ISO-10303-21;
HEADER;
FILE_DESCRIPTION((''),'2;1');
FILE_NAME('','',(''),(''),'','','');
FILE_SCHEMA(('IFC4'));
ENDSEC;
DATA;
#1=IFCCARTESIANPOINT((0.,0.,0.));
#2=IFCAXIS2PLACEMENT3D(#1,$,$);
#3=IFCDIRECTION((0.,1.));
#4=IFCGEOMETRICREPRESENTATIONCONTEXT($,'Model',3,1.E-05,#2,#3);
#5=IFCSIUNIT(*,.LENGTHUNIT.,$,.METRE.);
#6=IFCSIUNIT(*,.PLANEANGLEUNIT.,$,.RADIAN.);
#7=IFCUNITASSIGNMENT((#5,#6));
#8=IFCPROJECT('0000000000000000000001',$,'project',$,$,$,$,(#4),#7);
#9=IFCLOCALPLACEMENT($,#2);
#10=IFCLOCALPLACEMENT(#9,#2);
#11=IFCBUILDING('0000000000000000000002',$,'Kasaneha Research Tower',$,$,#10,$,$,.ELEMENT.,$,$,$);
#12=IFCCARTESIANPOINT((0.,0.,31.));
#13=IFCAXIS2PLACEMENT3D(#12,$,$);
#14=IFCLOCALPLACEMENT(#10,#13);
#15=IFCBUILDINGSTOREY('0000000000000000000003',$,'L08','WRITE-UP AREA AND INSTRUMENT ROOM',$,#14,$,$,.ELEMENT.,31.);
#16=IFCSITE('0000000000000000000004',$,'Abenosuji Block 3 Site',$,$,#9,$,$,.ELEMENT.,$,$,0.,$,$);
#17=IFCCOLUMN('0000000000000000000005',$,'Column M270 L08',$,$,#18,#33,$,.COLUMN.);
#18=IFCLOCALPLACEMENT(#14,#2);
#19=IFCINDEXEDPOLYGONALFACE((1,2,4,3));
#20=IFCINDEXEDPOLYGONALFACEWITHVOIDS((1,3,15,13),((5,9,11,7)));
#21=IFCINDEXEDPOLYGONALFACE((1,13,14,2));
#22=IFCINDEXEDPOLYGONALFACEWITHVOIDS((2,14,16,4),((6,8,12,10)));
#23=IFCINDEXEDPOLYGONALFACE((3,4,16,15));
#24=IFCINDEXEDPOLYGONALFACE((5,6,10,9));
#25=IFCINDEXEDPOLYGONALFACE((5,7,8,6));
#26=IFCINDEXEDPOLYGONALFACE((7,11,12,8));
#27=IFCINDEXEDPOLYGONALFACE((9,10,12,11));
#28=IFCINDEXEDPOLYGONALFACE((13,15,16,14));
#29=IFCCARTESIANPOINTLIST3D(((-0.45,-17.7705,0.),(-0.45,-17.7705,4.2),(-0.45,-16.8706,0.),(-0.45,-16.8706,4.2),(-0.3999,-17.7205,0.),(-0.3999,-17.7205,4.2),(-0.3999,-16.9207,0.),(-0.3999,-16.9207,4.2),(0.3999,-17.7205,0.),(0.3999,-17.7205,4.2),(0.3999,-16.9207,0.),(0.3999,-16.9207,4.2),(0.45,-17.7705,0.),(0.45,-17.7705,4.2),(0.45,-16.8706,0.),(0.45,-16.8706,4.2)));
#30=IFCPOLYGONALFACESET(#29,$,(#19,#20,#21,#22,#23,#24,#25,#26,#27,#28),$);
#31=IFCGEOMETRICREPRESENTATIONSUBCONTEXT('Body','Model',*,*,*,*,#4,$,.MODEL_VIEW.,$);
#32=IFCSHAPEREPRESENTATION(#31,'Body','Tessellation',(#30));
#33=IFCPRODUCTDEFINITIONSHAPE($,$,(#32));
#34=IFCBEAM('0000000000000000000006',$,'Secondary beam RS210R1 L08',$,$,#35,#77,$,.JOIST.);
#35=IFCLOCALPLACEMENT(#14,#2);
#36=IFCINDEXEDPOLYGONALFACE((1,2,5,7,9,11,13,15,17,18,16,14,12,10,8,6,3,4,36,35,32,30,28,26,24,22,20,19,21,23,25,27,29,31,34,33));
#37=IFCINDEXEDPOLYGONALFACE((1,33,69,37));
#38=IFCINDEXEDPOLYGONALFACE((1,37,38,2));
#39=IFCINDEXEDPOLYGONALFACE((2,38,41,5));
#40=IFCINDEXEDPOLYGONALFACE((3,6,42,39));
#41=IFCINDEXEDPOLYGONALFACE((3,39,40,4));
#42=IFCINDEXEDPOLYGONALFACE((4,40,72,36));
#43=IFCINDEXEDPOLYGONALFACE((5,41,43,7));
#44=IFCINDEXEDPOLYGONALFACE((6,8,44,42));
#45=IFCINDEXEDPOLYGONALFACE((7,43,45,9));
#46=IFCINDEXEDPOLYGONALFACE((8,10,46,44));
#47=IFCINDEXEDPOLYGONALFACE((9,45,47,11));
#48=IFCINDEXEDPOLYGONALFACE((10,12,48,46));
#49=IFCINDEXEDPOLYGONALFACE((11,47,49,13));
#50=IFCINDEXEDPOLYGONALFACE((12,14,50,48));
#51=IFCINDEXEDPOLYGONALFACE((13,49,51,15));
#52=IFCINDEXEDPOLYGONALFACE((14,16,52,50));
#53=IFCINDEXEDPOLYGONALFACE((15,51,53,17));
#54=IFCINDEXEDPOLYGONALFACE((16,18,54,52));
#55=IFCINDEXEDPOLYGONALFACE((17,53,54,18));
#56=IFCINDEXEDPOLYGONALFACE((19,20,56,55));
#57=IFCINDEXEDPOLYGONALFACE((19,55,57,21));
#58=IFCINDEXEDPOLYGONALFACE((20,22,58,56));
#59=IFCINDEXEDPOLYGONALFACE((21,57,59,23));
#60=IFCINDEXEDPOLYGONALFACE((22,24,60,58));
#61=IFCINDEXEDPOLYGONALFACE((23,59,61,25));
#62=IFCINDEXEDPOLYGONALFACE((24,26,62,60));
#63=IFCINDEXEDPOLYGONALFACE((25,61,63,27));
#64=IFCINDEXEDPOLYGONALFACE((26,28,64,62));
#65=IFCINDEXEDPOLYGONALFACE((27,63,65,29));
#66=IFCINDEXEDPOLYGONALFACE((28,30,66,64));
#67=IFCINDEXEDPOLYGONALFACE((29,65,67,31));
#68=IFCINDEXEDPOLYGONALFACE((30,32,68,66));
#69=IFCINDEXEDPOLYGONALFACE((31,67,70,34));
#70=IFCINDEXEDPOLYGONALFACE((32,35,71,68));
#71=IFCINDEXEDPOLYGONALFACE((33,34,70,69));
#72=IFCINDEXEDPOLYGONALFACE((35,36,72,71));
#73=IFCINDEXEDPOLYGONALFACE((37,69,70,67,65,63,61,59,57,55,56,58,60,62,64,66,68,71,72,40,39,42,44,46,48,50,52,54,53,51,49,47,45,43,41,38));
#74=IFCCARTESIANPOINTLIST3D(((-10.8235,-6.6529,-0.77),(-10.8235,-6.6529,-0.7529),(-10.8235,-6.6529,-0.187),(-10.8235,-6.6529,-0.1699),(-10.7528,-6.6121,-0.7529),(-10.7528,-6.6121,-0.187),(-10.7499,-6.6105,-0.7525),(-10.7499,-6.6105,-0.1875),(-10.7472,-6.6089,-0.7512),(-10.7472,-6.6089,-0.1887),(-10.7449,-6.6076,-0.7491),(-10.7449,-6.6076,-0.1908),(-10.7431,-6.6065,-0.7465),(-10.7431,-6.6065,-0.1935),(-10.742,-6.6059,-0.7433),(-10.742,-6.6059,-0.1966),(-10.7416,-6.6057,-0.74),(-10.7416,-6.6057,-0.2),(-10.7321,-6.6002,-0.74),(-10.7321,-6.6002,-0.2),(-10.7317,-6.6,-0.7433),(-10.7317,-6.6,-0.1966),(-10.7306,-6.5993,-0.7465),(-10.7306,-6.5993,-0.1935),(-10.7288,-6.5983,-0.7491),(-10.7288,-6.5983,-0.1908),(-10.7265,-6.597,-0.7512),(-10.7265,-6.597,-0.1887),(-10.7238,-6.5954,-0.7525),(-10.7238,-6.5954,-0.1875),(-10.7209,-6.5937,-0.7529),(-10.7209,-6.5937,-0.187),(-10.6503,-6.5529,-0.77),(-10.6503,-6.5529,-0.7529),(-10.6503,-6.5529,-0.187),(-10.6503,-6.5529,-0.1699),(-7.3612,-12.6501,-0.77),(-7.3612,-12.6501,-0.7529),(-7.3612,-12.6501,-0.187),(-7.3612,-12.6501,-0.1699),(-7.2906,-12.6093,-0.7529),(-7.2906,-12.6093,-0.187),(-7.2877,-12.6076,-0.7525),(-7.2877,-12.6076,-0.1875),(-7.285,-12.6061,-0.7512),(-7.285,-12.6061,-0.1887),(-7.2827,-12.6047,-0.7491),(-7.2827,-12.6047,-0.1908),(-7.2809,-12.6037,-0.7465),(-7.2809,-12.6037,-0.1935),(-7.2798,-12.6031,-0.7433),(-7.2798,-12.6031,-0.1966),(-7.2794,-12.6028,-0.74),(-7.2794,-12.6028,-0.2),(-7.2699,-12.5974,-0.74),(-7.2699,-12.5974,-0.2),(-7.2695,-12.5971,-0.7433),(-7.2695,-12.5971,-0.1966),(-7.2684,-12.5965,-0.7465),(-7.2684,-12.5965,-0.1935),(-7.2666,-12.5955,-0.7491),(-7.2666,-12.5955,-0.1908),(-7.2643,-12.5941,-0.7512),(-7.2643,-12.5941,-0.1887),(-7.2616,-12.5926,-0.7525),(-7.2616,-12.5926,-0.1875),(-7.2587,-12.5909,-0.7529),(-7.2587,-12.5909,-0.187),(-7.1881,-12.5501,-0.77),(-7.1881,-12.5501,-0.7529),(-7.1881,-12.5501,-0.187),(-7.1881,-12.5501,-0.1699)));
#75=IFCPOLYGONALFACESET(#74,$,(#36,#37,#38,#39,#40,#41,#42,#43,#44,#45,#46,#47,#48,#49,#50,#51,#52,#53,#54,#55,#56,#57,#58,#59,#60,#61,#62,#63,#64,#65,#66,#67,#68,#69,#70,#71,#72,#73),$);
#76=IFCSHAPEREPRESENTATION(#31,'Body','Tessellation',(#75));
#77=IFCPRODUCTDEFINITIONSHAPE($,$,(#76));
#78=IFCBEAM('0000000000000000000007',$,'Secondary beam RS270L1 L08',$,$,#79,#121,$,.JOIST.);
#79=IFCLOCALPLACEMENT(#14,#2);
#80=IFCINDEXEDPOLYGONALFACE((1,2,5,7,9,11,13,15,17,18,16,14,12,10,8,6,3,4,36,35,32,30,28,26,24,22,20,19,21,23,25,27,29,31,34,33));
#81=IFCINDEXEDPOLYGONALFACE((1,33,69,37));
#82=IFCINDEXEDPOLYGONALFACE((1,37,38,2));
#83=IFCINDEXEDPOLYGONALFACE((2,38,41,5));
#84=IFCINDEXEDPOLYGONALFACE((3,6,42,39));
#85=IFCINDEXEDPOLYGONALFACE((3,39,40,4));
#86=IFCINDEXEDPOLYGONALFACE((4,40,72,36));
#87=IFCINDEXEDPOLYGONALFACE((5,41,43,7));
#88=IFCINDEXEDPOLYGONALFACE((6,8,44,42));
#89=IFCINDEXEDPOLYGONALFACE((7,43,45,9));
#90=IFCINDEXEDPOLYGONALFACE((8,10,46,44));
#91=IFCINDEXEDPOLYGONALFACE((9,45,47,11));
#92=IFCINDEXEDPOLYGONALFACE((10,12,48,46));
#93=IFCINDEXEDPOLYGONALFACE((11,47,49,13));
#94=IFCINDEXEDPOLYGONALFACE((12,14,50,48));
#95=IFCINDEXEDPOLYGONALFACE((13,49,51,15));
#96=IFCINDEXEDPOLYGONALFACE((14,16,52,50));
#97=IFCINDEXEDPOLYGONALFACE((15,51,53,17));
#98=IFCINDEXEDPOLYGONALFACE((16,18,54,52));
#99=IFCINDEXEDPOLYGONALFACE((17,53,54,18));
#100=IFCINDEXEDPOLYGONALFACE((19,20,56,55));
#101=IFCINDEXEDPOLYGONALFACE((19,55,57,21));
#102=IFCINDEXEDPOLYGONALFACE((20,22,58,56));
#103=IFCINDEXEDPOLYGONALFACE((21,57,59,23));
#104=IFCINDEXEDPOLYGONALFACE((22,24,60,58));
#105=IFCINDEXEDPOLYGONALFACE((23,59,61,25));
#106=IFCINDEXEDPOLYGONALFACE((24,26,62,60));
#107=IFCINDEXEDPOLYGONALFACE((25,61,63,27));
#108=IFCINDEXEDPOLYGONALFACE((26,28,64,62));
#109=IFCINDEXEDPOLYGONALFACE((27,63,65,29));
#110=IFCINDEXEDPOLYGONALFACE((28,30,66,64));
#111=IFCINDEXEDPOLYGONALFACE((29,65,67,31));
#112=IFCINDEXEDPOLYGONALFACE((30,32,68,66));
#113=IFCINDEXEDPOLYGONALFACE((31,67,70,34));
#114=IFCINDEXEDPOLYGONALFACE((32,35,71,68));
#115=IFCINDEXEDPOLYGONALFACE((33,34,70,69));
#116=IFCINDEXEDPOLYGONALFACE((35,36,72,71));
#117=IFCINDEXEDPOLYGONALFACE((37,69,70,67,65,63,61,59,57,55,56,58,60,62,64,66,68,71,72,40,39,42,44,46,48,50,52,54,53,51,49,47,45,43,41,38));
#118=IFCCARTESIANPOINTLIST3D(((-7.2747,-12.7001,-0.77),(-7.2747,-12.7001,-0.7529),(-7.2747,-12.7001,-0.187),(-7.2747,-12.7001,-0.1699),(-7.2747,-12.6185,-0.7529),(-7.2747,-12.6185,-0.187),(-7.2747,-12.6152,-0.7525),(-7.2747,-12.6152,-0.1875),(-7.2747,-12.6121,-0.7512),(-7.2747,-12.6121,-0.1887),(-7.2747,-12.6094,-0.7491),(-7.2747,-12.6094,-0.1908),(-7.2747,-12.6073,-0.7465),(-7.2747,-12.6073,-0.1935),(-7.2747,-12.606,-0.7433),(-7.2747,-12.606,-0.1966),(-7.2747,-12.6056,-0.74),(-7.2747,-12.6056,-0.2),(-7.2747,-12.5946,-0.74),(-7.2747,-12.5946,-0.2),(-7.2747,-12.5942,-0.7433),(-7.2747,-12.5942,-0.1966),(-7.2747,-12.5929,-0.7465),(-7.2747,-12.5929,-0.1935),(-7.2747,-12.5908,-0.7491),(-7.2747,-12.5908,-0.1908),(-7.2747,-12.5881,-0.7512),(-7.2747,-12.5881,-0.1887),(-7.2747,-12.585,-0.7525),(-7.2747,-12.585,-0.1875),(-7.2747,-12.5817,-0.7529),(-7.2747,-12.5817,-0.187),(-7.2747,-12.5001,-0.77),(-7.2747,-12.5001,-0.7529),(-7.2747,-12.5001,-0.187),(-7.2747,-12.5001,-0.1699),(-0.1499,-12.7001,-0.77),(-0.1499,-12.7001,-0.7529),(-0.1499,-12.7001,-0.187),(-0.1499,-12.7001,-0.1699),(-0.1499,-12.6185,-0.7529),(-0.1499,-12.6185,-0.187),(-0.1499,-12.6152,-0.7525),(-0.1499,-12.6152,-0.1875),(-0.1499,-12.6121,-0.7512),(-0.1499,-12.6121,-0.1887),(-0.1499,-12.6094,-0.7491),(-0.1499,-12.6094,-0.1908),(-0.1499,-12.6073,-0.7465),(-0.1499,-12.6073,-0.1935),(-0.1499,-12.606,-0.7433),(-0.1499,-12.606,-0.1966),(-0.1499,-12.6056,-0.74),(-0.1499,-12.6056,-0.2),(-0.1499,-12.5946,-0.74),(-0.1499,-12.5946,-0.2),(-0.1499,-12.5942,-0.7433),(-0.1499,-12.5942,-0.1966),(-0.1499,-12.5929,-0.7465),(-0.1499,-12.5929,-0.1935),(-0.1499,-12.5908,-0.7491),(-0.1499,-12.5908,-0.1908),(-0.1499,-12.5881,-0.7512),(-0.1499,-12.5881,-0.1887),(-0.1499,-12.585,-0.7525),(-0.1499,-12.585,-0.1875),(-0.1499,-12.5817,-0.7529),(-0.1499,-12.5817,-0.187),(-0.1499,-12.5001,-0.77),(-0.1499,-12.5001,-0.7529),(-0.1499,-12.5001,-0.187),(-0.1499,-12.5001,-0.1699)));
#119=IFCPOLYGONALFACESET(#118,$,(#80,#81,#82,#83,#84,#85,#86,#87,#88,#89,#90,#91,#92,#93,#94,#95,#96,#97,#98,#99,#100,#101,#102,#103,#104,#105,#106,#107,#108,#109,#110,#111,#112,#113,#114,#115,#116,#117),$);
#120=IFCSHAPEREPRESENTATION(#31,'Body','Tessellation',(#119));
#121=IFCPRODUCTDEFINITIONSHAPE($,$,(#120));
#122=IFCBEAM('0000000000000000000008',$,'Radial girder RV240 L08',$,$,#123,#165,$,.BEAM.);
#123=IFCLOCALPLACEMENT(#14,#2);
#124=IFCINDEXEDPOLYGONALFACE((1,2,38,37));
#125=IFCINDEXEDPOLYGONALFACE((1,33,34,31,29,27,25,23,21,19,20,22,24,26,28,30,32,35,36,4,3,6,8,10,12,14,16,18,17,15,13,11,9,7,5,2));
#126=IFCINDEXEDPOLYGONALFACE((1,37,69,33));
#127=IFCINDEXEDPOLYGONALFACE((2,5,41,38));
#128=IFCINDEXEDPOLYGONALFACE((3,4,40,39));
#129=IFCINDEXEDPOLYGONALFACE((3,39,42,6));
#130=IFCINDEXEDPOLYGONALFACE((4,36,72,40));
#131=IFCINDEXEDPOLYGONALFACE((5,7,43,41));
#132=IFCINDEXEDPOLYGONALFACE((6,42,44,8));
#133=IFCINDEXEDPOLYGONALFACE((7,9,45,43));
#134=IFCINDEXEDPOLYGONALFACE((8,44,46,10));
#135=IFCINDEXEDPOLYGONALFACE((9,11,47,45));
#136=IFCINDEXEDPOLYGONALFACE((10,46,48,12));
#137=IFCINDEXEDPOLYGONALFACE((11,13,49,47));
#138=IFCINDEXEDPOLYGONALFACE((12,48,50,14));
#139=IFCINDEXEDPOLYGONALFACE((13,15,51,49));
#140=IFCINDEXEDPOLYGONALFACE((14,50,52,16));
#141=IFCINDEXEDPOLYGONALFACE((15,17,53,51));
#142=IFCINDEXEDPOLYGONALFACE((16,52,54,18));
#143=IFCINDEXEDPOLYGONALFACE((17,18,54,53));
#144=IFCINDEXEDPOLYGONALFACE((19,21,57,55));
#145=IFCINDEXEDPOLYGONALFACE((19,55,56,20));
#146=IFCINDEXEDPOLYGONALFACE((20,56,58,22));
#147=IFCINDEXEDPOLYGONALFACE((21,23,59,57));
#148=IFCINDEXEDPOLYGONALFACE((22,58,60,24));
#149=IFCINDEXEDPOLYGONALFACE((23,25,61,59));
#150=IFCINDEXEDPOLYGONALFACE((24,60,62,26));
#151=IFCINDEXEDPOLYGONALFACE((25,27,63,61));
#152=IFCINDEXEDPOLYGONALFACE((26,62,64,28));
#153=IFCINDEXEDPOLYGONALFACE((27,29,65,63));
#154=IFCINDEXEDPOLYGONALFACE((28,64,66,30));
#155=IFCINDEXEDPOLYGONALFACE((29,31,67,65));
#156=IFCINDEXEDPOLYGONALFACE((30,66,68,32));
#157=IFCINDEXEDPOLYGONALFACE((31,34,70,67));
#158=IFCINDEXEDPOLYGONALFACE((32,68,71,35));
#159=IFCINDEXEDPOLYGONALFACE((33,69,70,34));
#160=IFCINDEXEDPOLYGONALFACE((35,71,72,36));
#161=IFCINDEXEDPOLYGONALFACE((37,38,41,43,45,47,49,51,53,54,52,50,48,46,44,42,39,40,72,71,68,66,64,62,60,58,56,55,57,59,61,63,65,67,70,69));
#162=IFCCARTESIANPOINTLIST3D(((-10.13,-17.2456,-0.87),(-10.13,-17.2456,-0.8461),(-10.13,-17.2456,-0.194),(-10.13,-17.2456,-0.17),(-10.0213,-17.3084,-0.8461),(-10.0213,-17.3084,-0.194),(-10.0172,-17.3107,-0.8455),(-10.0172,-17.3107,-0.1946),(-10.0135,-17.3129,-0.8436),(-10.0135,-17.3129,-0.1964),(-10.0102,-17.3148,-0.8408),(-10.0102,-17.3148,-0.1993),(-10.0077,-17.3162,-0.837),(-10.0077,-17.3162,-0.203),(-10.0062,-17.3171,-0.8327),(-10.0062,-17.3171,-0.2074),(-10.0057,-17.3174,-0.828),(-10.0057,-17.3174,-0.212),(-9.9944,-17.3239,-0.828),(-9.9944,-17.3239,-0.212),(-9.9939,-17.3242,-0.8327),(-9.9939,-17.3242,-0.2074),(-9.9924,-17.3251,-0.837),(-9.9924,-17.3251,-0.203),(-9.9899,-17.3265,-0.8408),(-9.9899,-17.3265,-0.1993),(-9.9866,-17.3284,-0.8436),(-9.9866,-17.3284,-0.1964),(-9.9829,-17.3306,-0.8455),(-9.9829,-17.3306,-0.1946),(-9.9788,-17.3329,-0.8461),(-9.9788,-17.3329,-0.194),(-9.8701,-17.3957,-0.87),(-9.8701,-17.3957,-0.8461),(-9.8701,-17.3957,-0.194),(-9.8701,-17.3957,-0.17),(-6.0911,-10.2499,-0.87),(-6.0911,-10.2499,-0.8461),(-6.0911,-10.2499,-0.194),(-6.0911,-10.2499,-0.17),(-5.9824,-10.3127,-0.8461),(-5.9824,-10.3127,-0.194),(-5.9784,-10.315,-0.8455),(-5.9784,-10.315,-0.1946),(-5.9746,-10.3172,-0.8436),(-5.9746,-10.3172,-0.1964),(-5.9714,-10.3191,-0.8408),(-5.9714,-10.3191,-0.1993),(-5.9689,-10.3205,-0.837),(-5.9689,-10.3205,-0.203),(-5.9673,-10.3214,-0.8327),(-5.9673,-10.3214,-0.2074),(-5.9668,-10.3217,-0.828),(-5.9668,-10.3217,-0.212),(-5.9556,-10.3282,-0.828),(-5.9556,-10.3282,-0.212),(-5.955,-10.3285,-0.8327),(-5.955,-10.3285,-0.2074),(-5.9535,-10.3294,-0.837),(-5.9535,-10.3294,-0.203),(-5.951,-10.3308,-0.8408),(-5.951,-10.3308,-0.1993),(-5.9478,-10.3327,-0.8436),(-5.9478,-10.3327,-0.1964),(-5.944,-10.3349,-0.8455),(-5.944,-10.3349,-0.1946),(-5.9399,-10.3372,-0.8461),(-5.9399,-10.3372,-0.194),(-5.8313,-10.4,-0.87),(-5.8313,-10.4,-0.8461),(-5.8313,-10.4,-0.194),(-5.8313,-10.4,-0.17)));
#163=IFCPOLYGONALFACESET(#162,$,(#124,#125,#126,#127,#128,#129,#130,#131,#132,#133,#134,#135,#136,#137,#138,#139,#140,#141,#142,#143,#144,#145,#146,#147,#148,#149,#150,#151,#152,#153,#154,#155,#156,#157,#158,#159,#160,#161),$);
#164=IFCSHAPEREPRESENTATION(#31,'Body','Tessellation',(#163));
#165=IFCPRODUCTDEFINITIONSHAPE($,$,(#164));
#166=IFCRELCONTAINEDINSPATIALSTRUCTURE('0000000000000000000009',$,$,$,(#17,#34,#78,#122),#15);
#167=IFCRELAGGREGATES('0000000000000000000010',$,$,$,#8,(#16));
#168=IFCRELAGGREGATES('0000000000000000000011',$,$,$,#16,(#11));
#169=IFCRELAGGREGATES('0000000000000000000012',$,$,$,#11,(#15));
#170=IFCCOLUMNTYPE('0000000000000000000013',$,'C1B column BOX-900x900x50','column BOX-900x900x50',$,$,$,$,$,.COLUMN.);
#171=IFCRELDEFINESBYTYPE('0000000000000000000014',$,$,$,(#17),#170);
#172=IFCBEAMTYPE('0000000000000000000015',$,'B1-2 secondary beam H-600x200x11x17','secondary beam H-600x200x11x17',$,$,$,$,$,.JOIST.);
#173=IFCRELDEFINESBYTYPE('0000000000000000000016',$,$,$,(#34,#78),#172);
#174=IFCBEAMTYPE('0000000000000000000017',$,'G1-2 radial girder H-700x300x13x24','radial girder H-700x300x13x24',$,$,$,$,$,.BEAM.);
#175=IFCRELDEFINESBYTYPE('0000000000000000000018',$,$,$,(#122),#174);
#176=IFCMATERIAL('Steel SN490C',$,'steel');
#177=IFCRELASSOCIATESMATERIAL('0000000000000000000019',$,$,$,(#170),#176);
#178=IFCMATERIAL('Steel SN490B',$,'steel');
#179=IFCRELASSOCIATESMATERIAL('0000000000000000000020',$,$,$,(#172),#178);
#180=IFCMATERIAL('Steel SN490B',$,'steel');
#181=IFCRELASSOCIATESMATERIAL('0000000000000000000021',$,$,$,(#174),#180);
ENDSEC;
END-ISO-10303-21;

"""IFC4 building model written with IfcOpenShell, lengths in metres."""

from ifc_helpers import new_model, si_unit, direction, frame, origin, origin_2d, place, context, subcontext, project, spatial, hollow_rectangle, i_section, extrude, material, material_profile, profile_set, type_object, element, save


model = new_model("IFC4")

# Units and contexts
model_context = context("Model", 3, precision=1e-05, world=origin(), true_north=direction((0.0, 1.0)))
body_context = subcontext(model_context, "Body", "Model", "MODEL_VIEW")
ifc_project = project(units=[si_unit("LENGTHUNIT", "METRE"), si_unit("PLANEANGLEUNIT", "RADIAN")], contexts=[model_context])

# Site, building, storey
site_placement = place(None, origin())
site = spatial("IfcSite", under=ifc_project, at=site_placement, Name="Abenosuji Block 3 Site", CompositionType="ELEMENT", RefElevation=0.0)
building_placement = place(site_placement, origin())
building = spatial("IfcBuilding", under=site, at=building_placement, Name="Kasaneha Research Tower", CompositionType="ELEMENT")
storey_placement = place(building_placement, frame((0.0, 0.0, 31.0)))
storey = spatial("IfcBuildingStorey", under=building, at=storey_placement, Name="L08", Description="WRITE-UP AREA AND INSTRUMENT ROOM", CompositionType="ELEMENT", Elevation=31.0)

# Column
ifc_material_1 = material(Name="Steel SN490C", Category="steel")
ifc_material_profile_1 = material_profile(ifc_material_1, hollow_rectangle(XDim=0.8999, YDim=0.8999, WallThickness=0.05, at=origin_2d()), Name="BOX-900x900x50")
ifc_profile_set_1 = profile_set([ifc_material_profile_1], Name="Steel SN490C")
column_type = type_object("IfcColumnType", Name="C1B column BOX-900x900x50", Description="column BOX-900x900x50", PredefinedType="COLUMN", material=ifc_profile_set_1)
column_placement = place(storey_placement, frame((0.0, -17.3206, 0.0), z_axis=(0.0, 0.0, 1.0), x_axis=(1.0, 0.0, 0.0)))
element("IfcColumn", 1, at=column_placement, inside=storey, type_object=column_type, Name="Column M270 L08", PredefinedType="COLUMN", context=body_context, shape_type="SweptSolid", body=[
    extrude(hollow_rectangle(XDim=0.8999, YDim=0.8999, WallThickness=0.05, at=origin_2d()), origin(), (0.0, 0.0, 1.0), 4.2),
])

# Beams
ifc_material_2 = material(Name="Steel SN490B", Category="steel")
ifc_material_profile_2 = material_profile(ifc_material_2, i_section(OverallWidth=0.2, OverallDepth=0.6001, WebThickness=0.011, FlangeThickness=0.0171, FilletRadius=0.0129, at=origin_2d()), Name="H-600x200x11x17")
ifc_profile_set_2 = profile_set([ifc_material_profile_2], Name="Steel SN490B")
beam_type_1 = type_object("IfcBeamType", Name="B1-2 secondary beam H-600x200x11x17", Description="secondary beam H-600x200x11x17", PredefinedType="JOIST", material=ifc_profile_set_2)
beam_1_placement = place(storey_placement, frame((-7.2747, -12.6001, -0.47), z_axis=(-0.499973, 0.866041, 0.0), x_axis=(-0.866041, -0.499973, 0.0)))
element("IfcBeam", 2, at=beam_1_placement, inside=storey, type_object=beam_type_1, Name="Secondary beam RS210R1 L08", PredefinedType="JOIST", context=body_context, shape_type="SweptSolid", body=[
    extrude(i_section(OverallWidth=0.2, OverallDepth=0.6001, WebThickness=0.011, FlangeThickness=0.0171, FilletRadius=0.0129, at=origin_2d()), origin(), (0.0, 0.0, 1.0), 6.9248),
])
beam_2_placement = place(storey_placement, frame((-7.2747, -12.6001, -0.47), z_axis=(1.0, 0.0, 0.0), x_axis=(0.0, 1.0, 0.0)))
element("IfcBeam", 3, at=beam_2_placement, inside=storey, type_object=beam_type_1, Name="Secondary beam RS270L1 L08", PredefinedType="JOIST", context=body_context, shape_type="SweptSolid", body=[
    extrude(i_section(OverallWidth=0.2, OverallDepth=0.6001, WebThickness=0.011, FlangeThickness=0.0171, FilletRadius=0.0129, at=origin_2d()), origin(), (0.0, 0.0, 1.0), 7.1248),
])
ifc_material_3 = material(Name="Steel SN490B", Category="steel")
ifc_material_profile_3 = material_profile(ifc_material_3, i_section(OverallWidth=0.3, OverallDepth=0.7, WebThickness=0.0129, FlangeThickness=0.0239, FilletRadius=0.0181, at=origin_2d()), Name="H-700x300x13x24")
ifc_profile_set_3 = profile_set([ifc_material_profile_3], Name="Steel SN490B")
beam_type_2 = type_object("IfcBeamType", Name="G1-2 radial girder H-700x300x13x24", Description="radial girder H-700x300x13x24", PredefinedType="BEAM", material=ifc_profile_set_3)
beam_3_placement = place(storey_placement, frame((-5.9612, -10.325, -0.52), z_axis=(-0.499991, -0.866031, 0.0), x_axis=(0.866031, -0.499991, 0.0)))
element("IfcBeam", 4, at=beam_3_placement, inside=storey, type_object=beam_type_2, Name="Radial girder RV240 L08", PredefinedType="BEAM", context=body_context, shape_type="SweptSolid", body=[
    extrude(i_section(OverallWidth=0.3, OverallDepth=0.7, WebThickness=0.0129, FlangeThickness=0.0239, FilletRadius=0.0181, at=origin_2d()), origin(), (0.0, 0.0, 1.0), 8.0779),
])

save(model, "model.ifc")
